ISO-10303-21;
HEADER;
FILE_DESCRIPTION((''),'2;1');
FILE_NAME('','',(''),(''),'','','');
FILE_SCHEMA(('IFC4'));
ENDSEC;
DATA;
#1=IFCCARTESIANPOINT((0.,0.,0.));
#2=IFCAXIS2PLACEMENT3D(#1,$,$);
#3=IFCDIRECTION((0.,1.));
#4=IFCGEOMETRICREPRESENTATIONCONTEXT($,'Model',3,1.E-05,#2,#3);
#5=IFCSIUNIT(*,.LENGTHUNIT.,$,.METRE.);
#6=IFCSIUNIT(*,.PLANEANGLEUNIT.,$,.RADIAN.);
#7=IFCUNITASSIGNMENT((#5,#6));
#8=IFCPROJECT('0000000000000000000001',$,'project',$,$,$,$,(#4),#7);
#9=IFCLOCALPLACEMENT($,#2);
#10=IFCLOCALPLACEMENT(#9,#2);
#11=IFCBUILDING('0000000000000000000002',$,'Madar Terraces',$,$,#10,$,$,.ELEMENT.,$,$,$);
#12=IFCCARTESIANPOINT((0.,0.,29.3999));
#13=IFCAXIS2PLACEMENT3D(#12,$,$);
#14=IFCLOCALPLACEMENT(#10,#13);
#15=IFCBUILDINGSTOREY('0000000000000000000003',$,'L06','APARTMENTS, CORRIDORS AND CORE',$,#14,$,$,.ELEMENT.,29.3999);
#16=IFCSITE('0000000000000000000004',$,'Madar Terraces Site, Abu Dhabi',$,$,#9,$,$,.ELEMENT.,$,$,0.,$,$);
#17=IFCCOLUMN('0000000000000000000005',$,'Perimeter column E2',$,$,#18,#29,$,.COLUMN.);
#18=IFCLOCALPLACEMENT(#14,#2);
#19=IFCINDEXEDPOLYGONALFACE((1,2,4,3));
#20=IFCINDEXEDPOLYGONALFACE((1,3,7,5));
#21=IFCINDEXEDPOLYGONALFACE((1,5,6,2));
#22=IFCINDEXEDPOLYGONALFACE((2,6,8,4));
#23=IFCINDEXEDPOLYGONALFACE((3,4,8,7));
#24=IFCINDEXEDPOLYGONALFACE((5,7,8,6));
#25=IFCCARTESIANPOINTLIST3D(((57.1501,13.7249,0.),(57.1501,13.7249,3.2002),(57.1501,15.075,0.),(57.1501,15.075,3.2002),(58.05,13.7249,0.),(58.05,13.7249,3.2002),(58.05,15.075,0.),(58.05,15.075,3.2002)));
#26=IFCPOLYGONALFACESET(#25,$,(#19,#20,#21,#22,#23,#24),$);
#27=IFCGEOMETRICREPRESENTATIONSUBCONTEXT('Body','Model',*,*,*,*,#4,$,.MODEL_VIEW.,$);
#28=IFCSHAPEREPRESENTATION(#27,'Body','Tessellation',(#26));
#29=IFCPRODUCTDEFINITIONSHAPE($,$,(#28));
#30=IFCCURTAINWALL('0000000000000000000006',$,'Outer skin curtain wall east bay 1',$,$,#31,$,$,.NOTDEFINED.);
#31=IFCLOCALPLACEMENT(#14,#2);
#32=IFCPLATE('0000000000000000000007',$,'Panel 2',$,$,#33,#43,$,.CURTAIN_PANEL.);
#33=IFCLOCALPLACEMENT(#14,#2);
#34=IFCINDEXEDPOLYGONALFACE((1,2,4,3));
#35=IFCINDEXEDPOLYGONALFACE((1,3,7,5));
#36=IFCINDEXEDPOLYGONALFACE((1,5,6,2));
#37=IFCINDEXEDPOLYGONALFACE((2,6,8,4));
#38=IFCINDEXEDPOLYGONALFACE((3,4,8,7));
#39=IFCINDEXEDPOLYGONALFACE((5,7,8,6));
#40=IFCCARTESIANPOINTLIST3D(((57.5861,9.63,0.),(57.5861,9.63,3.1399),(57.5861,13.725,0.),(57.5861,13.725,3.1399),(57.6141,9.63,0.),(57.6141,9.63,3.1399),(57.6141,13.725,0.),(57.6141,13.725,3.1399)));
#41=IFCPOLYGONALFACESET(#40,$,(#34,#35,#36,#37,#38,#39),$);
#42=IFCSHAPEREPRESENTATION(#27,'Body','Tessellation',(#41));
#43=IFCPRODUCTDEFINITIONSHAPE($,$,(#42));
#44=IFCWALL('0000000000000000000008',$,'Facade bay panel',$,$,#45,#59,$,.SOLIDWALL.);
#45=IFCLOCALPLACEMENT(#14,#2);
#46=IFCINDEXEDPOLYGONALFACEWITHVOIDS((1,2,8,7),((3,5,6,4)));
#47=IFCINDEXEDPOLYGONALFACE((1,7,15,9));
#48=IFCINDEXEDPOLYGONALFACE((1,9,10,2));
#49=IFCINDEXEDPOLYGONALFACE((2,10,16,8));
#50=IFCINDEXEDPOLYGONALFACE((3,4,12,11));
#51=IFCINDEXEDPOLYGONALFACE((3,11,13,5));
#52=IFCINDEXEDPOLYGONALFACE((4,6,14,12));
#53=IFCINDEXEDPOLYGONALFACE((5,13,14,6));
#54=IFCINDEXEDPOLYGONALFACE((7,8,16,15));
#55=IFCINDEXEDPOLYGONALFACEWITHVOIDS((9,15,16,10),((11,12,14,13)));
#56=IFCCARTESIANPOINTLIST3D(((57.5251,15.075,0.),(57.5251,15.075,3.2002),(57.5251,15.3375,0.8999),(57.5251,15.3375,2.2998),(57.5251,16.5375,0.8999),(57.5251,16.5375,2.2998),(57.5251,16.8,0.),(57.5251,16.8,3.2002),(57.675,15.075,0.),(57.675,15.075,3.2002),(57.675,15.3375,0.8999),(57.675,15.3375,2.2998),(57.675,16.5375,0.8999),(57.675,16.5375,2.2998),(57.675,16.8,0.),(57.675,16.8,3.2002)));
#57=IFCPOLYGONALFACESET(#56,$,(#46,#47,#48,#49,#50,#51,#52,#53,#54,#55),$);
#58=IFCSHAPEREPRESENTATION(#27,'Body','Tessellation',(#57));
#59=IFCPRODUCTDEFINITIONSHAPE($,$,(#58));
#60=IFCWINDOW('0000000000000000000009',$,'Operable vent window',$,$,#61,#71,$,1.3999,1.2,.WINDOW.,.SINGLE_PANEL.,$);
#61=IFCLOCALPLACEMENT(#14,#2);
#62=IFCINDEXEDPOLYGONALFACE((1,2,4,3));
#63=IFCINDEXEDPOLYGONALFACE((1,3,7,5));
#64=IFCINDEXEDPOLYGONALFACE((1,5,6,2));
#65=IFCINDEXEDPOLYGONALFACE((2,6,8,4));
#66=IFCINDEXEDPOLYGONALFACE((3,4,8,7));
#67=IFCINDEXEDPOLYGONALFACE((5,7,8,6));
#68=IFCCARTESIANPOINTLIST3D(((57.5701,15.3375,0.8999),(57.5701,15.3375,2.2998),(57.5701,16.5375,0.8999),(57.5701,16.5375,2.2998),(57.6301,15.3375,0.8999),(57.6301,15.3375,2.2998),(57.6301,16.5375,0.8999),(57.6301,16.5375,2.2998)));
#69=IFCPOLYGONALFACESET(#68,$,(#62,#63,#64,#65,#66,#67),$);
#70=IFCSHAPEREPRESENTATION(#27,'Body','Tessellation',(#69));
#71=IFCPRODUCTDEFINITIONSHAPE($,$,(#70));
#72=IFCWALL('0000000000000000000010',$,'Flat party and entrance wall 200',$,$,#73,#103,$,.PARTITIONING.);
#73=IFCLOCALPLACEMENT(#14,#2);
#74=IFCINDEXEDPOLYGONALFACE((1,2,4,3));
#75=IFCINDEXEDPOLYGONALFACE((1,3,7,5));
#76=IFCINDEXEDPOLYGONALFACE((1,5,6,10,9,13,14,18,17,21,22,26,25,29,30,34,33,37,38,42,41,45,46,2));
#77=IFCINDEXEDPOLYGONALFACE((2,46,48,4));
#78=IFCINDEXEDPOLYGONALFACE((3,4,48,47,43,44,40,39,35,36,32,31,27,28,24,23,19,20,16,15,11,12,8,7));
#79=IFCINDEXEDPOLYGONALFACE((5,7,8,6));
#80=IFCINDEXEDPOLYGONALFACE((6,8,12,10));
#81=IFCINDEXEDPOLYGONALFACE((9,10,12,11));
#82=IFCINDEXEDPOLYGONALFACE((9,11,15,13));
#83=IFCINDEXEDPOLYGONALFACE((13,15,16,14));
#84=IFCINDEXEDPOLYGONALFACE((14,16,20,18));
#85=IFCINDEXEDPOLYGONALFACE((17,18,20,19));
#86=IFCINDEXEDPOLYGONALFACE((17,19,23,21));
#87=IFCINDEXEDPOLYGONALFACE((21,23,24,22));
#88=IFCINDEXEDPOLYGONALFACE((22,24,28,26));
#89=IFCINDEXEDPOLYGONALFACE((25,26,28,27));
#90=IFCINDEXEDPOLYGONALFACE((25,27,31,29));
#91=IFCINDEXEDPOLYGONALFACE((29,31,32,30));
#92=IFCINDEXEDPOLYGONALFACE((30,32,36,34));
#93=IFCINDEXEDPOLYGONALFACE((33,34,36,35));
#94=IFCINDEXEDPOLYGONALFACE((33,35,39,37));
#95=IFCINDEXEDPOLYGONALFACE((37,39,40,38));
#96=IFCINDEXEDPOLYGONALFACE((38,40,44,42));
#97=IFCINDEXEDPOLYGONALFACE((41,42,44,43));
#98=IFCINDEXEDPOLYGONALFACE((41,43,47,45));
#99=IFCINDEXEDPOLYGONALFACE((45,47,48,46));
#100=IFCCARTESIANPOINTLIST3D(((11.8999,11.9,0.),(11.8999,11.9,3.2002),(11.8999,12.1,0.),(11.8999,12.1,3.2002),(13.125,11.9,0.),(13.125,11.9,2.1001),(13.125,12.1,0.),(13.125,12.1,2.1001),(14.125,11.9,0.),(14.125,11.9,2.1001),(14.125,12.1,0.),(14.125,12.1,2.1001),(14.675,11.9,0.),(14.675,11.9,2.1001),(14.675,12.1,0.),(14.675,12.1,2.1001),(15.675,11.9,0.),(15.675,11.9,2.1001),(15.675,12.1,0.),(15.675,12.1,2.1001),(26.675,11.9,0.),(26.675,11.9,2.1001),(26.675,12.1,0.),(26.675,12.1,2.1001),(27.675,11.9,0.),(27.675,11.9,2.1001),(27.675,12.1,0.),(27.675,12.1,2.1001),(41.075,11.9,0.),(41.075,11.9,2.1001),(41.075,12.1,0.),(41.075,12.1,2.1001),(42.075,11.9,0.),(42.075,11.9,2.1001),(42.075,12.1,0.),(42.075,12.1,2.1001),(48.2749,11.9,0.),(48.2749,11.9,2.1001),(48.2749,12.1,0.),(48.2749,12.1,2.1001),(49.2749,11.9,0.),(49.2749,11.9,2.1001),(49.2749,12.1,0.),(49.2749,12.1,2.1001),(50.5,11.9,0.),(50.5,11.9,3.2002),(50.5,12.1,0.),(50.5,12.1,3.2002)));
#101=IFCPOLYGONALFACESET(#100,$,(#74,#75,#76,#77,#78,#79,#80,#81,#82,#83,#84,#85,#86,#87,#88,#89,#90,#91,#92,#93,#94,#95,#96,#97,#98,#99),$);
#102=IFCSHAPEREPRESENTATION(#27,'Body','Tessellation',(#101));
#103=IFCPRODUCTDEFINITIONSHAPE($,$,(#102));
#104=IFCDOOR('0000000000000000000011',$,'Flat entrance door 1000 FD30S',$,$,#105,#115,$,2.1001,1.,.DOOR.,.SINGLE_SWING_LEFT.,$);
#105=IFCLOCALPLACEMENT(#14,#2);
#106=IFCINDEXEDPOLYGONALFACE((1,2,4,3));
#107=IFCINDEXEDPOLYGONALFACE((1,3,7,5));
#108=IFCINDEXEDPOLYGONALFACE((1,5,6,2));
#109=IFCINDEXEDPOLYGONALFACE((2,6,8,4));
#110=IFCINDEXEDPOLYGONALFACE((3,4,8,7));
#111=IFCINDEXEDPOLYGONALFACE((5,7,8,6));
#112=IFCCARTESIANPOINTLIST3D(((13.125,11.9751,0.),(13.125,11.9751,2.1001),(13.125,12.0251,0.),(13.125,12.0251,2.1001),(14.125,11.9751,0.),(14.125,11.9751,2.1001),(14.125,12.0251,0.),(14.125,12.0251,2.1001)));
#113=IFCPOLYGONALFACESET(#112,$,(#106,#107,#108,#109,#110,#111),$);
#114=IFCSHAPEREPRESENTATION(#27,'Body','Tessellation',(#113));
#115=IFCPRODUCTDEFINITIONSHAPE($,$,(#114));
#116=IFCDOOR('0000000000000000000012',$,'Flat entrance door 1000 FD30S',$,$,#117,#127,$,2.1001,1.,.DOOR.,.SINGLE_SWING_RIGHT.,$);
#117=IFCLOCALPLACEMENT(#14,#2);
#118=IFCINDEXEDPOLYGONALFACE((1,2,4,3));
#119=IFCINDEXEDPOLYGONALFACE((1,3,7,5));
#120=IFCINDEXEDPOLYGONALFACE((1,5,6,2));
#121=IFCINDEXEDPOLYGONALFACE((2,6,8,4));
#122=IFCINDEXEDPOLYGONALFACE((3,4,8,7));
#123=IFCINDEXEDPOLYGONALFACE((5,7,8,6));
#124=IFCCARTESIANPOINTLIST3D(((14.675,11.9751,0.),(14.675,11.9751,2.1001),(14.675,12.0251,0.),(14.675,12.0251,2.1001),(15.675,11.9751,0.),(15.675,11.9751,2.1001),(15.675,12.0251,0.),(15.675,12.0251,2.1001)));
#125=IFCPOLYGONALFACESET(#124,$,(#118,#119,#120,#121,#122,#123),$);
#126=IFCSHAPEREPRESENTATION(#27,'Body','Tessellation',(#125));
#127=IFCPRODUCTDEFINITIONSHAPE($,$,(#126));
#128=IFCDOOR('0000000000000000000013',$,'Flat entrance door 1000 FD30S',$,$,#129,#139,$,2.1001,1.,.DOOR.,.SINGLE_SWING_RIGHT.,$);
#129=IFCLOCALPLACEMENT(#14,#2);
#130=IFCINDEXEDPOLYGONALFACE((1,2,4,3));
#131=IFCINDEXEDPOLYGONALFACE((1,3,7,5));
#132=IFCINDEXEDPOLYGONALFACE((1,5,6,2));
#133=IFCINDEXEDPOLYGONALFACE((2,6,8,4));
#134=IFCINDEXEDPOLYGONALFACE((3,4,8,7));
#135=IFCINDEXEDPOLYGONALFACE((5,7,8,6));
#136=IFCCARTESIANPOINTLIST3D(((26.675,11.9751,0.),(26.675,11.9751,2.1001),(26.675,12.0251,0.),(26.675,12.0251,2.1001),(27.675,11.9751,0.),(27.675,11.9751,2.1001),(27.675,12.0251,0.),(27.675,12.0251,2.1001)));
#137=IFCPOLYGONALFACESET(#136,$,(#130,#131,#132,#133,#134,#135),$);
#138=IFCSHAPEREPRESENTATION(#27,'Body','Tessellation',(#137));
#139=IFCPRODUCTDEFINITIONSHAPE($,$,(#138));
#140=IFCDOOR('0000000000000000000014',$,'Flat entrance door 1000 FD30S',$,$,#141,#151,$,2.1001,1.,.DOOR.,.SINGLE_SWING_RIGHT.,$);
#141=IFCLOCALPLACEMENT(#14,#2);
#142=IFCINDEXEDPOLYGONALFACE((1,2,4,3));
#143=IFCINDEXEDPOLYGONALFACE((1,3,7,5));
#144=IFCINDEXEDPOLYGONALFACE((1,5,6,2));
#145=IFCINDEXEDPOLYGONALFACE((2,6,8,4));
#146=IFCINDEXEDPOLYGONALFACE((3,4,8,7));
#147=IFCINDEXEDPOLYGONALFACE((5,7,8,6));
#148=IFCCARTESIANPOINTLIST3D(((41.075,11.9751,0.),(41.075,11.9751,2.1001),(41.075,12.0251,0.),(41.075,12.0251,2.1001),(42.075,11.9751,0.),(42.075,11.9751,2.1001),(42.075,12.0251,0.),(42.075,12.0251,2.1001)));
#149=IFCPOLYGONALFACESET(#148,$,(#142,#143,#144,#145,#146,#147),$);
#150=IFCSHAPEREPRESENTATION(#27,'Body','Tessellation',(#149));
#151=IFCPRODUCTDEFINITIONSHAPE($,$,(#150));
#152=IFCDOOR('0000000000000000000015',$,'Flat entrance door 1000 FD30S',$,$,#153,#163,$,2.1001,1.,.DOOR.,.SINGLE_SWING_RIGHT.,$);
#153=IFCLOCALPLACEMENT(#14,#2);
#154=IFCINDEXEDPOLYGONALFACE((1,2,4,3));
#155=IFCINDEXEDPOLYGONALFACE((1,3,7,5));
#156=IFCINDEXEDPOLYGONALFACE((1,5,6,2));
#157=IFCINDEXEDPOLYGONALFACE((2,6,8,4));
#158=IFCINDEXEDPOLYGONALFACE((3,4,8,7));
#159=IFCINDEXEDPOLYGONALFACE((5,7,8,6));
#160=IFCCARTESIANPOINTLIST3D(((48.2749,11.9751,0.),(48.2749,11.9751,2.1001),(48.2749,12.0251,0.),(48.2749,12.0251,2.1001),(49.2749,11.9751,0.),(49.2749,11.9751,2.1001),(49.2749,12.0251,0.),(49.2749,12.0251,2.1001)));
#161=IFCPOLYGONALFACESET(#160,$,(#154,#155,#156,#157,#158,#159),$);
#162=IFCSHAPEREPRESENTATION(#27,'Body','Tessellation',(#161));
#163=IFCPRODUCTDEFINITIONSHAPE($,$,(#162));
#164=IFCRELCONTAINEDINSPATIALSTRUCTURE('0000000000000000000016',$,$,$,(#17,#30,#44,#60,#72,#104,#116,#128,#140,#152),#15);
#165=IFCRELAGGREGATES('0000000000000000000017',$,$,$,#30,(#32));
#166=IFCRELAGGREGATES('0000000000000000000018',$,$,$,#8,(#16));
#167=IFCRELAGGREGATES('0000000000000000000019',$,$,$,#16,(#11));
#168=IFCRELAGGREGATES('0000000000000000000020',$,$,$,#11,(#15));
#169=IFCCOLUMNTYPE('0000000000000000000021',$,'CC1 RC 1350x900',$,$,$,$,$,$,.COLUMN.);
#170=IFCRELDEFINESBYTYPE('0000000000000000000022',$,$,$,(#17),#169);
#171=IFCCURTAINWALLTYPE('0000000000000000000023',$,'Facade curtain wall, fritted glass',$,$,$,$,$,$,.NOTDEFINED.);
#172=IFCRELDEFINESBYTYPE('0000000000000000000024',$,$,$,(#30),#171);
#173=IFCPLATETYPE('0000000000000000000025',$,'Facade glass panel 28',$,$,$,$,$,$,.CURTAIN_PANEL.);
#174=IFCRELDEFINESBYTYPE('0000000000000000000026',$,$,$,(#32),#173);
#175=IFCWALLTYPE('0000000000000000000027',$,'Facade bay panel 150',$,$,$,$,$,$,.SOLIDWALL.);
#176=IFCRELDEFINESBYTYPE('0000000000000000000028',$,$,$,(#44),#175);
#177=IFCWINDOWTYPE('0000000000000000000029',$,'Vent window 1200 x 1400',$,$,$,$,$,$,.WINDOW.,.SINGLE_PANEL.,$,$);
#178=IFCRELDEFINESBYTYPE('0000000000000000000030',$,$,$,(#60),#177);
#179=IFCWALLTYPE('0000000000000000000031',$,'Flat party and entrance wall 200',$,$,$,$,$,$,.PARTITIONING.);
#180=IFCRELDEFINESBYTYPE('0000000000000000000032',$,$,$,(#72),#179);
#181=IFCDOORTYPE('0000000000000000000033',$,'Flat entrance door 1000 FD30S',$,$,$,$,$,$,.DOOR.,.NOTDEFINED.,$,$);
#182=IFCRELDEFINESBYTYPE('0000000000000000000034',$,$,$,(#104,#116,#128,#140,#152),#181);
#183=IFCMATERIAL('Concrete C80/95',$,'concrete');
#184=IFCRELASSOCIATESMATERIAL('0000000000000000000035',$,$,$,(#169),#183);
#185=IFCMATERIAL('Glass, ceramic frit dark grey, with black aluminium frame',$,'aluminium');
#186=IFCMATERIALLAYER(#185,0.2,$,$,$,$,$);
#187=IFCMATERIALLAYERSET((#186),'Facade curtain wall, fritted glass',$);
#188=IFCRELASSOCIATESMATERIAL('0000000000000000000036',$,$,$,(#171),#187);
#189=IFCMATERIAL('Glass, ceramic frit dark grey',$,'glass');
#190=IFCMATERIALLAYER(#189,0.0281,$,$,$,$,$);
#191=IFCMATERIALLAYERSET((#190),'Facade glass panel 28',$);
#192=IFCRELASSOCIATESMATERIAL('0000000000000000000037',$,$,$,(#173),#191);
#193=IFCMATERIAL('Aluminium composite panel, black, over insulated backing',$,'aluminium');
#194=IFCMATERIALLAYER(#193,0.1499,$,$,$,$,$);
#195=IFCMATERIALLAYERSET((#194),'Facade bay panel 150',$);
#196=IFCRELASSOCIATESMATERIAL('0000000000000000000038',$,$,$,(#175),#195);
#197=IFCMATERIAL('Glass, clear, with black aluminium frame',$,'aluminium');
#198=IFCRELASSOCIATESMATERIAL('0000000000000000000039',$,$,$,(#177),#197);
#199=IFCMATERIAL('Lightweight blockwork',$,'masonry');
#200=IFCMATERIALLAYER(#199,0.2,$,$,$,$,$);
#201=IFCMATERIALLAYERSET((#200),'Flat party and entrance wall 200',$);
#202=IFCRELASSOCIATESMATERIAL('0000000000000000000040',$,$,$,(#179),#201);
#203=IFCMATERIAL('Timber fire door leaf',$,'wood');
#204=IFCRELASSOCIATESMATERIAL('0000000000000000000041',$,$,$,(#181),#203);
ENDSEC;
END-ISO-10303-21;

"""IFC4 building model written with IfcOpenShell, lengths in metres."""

from ifc_helpers import new_model, si_unit, direction, frame, frame_2d, origin, origin_2d, place, context, subcontext, project, spatial, rectangle, extrude, material, layer, layer_set, material_profile, profile_set, type_object, element, fill, aggregate, save


model = new_model("IFC4")

# Units and contexts
model_context = context("Model", 3, precision=1e-05, world=origin(), true_north=direction((0.0, 1.0)))
body_context = subcontext(model_context, "Body", "Model", "MODEL_VIEW")
ifc_project = project(units=[si_unit("LENGTHUNIT", "METRE"), si_unit("PLANEANGLEUNIT", "RADIAN")], contexts=[model_context])

# Site, building, storey
site_placement = place(None, origin())
site = spatial("IfcSite", under=ifc_project, at=site_placement, Name="Madar Terraces Site, Abu Dhabi", CompositionType="ELEMENT", RefElevation=0.0)
building_placement = place(site_placement, origin())
building = spatial("IfcBuilding", under=site, at=building_placement, Name="Madar Terraces", CompositionType="ELEMENT")
storey_placement = place(building_placement, frame((0.0, 0.0, 29.3999)))
storey = spatial("IfcBuildingStorey", under=building, at=storey_placement, Name="L06", Description="APARTMENTS, CORRIDORS AND CORE", CompositionType="ELEMENT", Elevation=29.3999)

# Column
ifc_material_1 = material(Name="Concrete C80/95", Category="concrete")
ifc_material_profile = material_profile(ifc_material_1, rectangle(XDim=1.3501, YDim=0.8999, at=origin_2d()), Name="CC1 RC 1350x900")
ifc_profile_set = profile_set([ifc_material_profile], Name="Concrete C80/95")
column_type = type_object("IfcColumnType", Name="CC1 RC 1350x900", PredefinedType="COLUMN", material=ifc_profile_set)
column_placement = place(storey_placement, frame((57.6001, 14.3999, 0.0), z_axis=(0.0, 0.0, 1.0), x_axis=(0.0, 1.0, 0.0)))
element("IfcColumn", 1, at=column_placement, inside=storey, type_object=column_type, Name="Perimeter column E2", PredefinedType="COLUMN", context=body_context, shape_type="SweptSolid", body=[
    extrude(rectangle(XDim=1.3501, YDim=0.8999, at=origin_2d()), origin(), (0.0, 0.0, 1.0), 3.2002),
])

# Curtain wall, plate
ifc_material_2 = material(Name="Glass, ceramic frit dark grey, with black aluminium frame", Category="aluminium")
ifc_layer_1 = layer(ifc_material_2, 0.2)
ifc_layer_set_1 = layer_set([ifc_layer_1], Name="Facade curtain wall, fritted glass")
curtain_wall_type = type_object("IfcCurtainWallType", Name="Facade curtain wall, fritted glass", PredefinedType="NOTDEFINED", material=ifc_layer_set_1)
curtain_wall_placement = place(storey_placement, origin())
curtain_wall = element("IfcCurtainWall", 2, at=curtain_wall_placement, inside=storey, type_object=curtain_wall_type, Name="Outer skin curtain wall east bay 1", PredefinedType="NOTDEFINED")
ifc_material_3 = material(Name="Glass, ceramic frit dark grey", Category="glass")
ifc_layer_2 = layer(ifc_material_3, 0.0281)
ifc_layer_set_2 = layer_set([ifc_layer_2], Name="Facade glass panel 28")
plate_type = type_object("IfcPlateType", Name="Facade glass panel 28", PredefinedType="CURTAIN_PANEL", material=ifc_layer_set_2)
plate_placement = place(storey_placement, frame((57.6001, 11.6775, 0.0), z_axis=(0.0, 0.0, 1.0), x_axis=(0.0, 1.0, 0.0)))
plate = element("IfcPlate", 3, at=plate_placement, type_object=plate_type, Name="Panel 2", PredefinedType="CURTAIN_PANEL", context=body_context, shape_type="SweptSolid", body=[
    extrude(rectangle(XDim=4.095, YDim=0.0281, at=origin_2d()), origin(), (0.0, 0.0, 1.0), 3.1399),
])
aggregate(curtain_wall, [plate])

# Wall, opening, window
ifc_material_4 = material(Name="Aluminium composite panel, black, over insulated backing", Category="aluminium")
ifc_layer_3 = layer(ifc_material_4, 0.1499)
ifc_layer_set_3 = layer_set([ifc_layer_3], Name="Facade bay panel 150")
wall_type_1 = type_object("IfcWallType", Name="Facade bay panel 150", PredefinedType="SOLIDWALL", material=ifc_layer_set_3)
wall_1_placement = place(storey_placement, frame((57.6001, 15.075, 0.0), z_axis=(0.0, 0.0, 1.0), x_axis=(0.0, 1.0, 0.0)))
wall_1 = element("IfcWall", 4, at=wall_1_placement, inside=storey, type_object=wall_type_1, Name="Facade bay panel", PredefinedType="SOLIDWALL", context=body_context, shape_type="SweptSolid", body=[
    extrude(rectangle(XDim=1.7251, YDim=0.1499, at=frame_2d((0.8625, 0.0))), origin(), (0.0, 0.0, 1.0), 3.2002),
])
opening_1_placement = place(wall_1_placement, frame((0.2625, 0.0, 0.8999)))
opening_1 = element("IfcOpeningElement", 5, at=opening_1_placement, cuts=wall_1, PredefinedType="OPENING", context=body_context, shape_type="SweptSolid", body=[
    extrude(rectangle(XDim=1.2, YDim=1.3999, at=frame_2d((0.6001, 0.7))), frame((0.0, 0.085, 0.0), z_axis=(0.0, -1.0, 0.0), x_axis=(1.0, 0.0, 0.0)), (0.0, 0.0, 1.0), 0.1699),
])
ifc_material_5 = material(Name="Glass, clear, with black aluminium frame", Category="aluminium")
window_type = type_object("IfcWindowType", Name="Vent window 1200 x 1400", PartitioningType="SINGLE_PANEL", PredefinedType="WINDOW", material=ifc_material_5)
window_placement = place(opening_1_placement, origin())
window = element("IfcWindow", 6, at=window_placement, inside=storey, type_object=window_type, Name="Operable vent window", OverallHeight=1.3999, OverallWidth=1.2, PartitioningType="SINGLE_PANEL", PredefinedType="WINDOW", context=body_context, shape_type="SweptSolid", body=[
    extrude(rectangle(XDim=1.2, YDim=1.3999, at=frame_2d((0.6001, 0.7))), frame((0.0, 0.03, 0.0), z_axis=(0.0, -1.0, 0.0), x_axis=(1.0, 0.0, 0.0)), (0.0, 0.0, 1.0), 0.0601),
])
fill(opening_1, window)

# Wall, openings, doors
ifc_material_6 = material(Name="Lightweight blockwork", Category="masonry")
ifc_layer_4 = layer(ifc_material_6, 0.2)
ifc_layer_set_4 = layer_set([ifc_layer_4], Name="Flat party and entrance wall 200")
wall_type_2 = type_object("IfcWallType", Name="Flat party and entrance wall 200", PredefinedType="PARTITIONING", material=ifc_layer_set_4)
wall_2_placement = place(storey_placement, frame((50.5, 12.0, 0.0), z_axis=(0.0, 0.0, 1.0), x_axis=(-1.0, 0.0, 0.0)))
wall_2 = element("IfcWall", 7, at=wall_2_placement, inside=storey, type_object=wall_type_2, Name="Flat party and entrance wall 200", PredefinedType="PARTITIONING", context=body_context, shape_type="SweptSolid", body=[
    extrude(rectangle(XDim=38.6001, YDim=0.2, at=frame_2d((19.3, 0.0))), origin(), (0.0, 0.0, 1.0), 3.2002),
])
opening_2_placement = place(wall_2_placement, frame((36.375, 0.0, 0.0)))
opening_2 = element("IfcOpeningElement", 8, at=opening_2_placement, cuts=wall_2, PredefinedType="OPENING", context=body_context, shape_type="SweptSolid", body=[
    extrude(rectangle(XDim=1.0, YDim=2.1001, at=frame_2d((0.5, 1.05))), frame((0.0, 0.1099, 0.0), z_axis=(0.0, -1.0, 0.0), x_axis=(1.0, 0.0, 0.0)), (0.0, 0.0, 1.0), 0.22),
])
opening_3_placement = place(wall_2_placement, frame((34.825, 0.0, 0.0)))
opening_3 = element("IfcOpeningElement", 9, at=opening_3_placement, cuts=wall_2, PredefinedType="OPENING", context=body_context, shape_type="SweptSolid", body=[
    extrude(rectangle(XDim=1.0, YDim=2.1001, at=frame_2d((0.5, 1.05))), frame((0.0, 0.1099, 0.0), z_axis=(0.0, -1.0, 0.0), x_axis=(1.0, 0.0, 0.0)), (0.0, 0.0, 1.0), 0.22),
])
opening_4_placement = place(wall_2_placement, frame((22.825, 0.0, 0.0)))
opening_4 = element("IfcOpeningElement", 10, at=opening_4_placement, cuts=wall_2, PredefinedType="OPENING", context=body_context, shape_type="SweptSolid", body=[
    extrude(rectangle(XDim=1.0, YDim=2.1001, at=frame_2d((0.5, 1.05))), frame((0.0, 0.1099, 0.0), z_axis=(0.0, -1.0, 0.0), x_axis=(1.0, 0.0, 0.0)), (0.0, 0.0, 1.0), 0.22),
])
opening_5_placement = place(wall_2_placement, frame((8.425, 0.0, 0.0)))
opening_5 = element("IfcOpeningElement", 11, at=opening_5_placement, cuts=wall_2, PredefinedType="OPENING", context=body_context, shape_type="SweptSolid", body=[
    extrude(rectangle(XDim=1.0, YDim=2.1001, at=frame_2d((0.5, 1.05))), frame((0.0, 0.1099, 0.0), z_axis=(0.0, -1.0, 0.0), x_axis=(1.0, 0.0, 0.0)), (0.0, 0.0, 1.0), 0.22),
])
opening_6_placement = place(wall_2_placement, frame((1.2251, 0.0, 0.0)))
opening_6 = element("IfcOpeningElement", 12, at=opening_6_placement, cuts=wall_2, PredefinedType="OPENING", context=body_context, shape_type="SweptSolid", body=[
    extrude(rectangle(XDim=1.0, YDim=2.1001, at=frame_2d((0.5, 1.05))), frame((0.0, 0.1099, 0.0), z_axis=(0.0, -1.0, 0.0), x_axis=(1.0, 0.0, 0.0)), (0.0, 0.0, 1.0), 0.22),
])
ifc_material_7 = material(Name="Timber fire door leaf", Category="wood")
door_type_1 = type_object("IfcDoorType", Name="Flat entrance door 1000 FD30S", OperationType="NOTDEFINED", PredefinedType="DOOR", material=ifc_material_7)
door_1_placement = place(opening_2_placement, origin())
door_1 = element("IfcDoor", 13, at=door_1_placement, inside=storey, type_object=door_type_1, Name="Flat entrance door 1000 FD30S", OperationType="SINGLE_SWING_LEFT", OverallHeight=2.1001, OverallWidth=1.0, PredefinedType="DOOR", context=body_context, shape_type="SweptSolid", body=[
    extrude(rectangle(XDim=1.0, YDim=2.1001, at=frame_2d((0.5, 1.05))), frame((0.0, 0.0249, 0.0), z_axis=(0.0, -1.0, 0.0), x_axis=(1.0, 0.0, 0.0)), (0.0, 0.0, 1.0), 0.05),
])
fill(opening_2, door_1)
door_2_placement = place(opening_3_placement, origin())
door_2 = element("IfcDoor", 14, at=door_2_placement, inside=storey, type_object=door_type_1, Name="Flat entrance door 1000 FD30S", OperationType="SINGLE_SWING_RIGHT", OverallHeight=2.1001, OverallWidth=1.0, PredefinedType="DOOR", context=body_context, shape_type="SweptSolid", body=[
    extrude(rectangle(XDim=1.0, YDim=2.1001, at=frame_2d((0.5, 1.05))), frame((0.0, 0.0249, 0.0), z_axis=(0.0, -1.0, 0.0), x_axis=(1.0, 0.0, 0.0)), (0.0, 0.0, 1.0), 0.05),
])
fill(opening_3, door_2)
door_3_placement = place(opening_4_placement, origin())
door_3 = element("IfcDoor", 15, at=door_3_placement, inside=storey, type_object=door_type_1, Name="Flat entrance door 1000 FD30S", OperationType="SINGLE_SWING_RIGHT", OverallHeight=2.1001, OverallWidth=1.0, PredefinedType="DOOR", context=body_context, shape_type="SweptSolid", body=[
    extrude(rectangle(XDim=1.0, YDim=2.1001, at=frame_2d((0.5, 1.05))), frame((0.0, 0.0249, 0.0), z_axis=(0.0, -1.0, 0.0), x_axis=(1.0, 0.0, 0.0)), (0.0, 0.0, 1.0), 0.05),
])
fill(opening_4, door_3)
door_4_placement = place(opening_5_placement, origin())
door_4 = element("IfcDoor", 16, at=door_4_placement, inside=storey, type_object=door_type_1, Name="Flat entrance door 1000 FD30S", OperationType="SINGLE_SWING_RIGHT", OverallHeight=2.1001, OverallWidth=1.0, PredefinedType="DOOR", context=body_context, shape_type="SweptSolid", body=[
    extrude(rectangle(XDim=1.0, YDim=2.1001, at=frame_2d((0.5, 1.05))), frame((0.0, 0.0249, 0.0), z_axis=(0.0, -1.0, 0.0), x_axis=(1.0, 0.0, 0.0)), (0.0, 0.0, 1.0), 0.05),
])
fill(opening_5, door_4)
door_5_placement = place(opening_6_placement, origin())
door_5 = element("IfcDoor", 17, at=door_5_placement, inside=storey, type_object=door_type_1, Name="Flat entrance door 1000 FD30S", OperationType="SINGLE_SWING_RIGHT", OverallHeight=2.1001, OverallWidth=1.0, PredefinedType="DOOR", context=body_context, shape_type="SweptSolid", body=[
    extrude(rectangle(XDim=1.0, YDim=2.1001, at=frame_2d((0.5, 1.05))), frame((0.0, 0.0249, 0.0), z_axis=(0.0, -1.0, 0.0), x_axis=(1.0, 0.0, 0.0)), (0.0, 0.0, 1.0), 0.05),
])
fill(opening_6, door_5)

save(model, "model.ifc")
